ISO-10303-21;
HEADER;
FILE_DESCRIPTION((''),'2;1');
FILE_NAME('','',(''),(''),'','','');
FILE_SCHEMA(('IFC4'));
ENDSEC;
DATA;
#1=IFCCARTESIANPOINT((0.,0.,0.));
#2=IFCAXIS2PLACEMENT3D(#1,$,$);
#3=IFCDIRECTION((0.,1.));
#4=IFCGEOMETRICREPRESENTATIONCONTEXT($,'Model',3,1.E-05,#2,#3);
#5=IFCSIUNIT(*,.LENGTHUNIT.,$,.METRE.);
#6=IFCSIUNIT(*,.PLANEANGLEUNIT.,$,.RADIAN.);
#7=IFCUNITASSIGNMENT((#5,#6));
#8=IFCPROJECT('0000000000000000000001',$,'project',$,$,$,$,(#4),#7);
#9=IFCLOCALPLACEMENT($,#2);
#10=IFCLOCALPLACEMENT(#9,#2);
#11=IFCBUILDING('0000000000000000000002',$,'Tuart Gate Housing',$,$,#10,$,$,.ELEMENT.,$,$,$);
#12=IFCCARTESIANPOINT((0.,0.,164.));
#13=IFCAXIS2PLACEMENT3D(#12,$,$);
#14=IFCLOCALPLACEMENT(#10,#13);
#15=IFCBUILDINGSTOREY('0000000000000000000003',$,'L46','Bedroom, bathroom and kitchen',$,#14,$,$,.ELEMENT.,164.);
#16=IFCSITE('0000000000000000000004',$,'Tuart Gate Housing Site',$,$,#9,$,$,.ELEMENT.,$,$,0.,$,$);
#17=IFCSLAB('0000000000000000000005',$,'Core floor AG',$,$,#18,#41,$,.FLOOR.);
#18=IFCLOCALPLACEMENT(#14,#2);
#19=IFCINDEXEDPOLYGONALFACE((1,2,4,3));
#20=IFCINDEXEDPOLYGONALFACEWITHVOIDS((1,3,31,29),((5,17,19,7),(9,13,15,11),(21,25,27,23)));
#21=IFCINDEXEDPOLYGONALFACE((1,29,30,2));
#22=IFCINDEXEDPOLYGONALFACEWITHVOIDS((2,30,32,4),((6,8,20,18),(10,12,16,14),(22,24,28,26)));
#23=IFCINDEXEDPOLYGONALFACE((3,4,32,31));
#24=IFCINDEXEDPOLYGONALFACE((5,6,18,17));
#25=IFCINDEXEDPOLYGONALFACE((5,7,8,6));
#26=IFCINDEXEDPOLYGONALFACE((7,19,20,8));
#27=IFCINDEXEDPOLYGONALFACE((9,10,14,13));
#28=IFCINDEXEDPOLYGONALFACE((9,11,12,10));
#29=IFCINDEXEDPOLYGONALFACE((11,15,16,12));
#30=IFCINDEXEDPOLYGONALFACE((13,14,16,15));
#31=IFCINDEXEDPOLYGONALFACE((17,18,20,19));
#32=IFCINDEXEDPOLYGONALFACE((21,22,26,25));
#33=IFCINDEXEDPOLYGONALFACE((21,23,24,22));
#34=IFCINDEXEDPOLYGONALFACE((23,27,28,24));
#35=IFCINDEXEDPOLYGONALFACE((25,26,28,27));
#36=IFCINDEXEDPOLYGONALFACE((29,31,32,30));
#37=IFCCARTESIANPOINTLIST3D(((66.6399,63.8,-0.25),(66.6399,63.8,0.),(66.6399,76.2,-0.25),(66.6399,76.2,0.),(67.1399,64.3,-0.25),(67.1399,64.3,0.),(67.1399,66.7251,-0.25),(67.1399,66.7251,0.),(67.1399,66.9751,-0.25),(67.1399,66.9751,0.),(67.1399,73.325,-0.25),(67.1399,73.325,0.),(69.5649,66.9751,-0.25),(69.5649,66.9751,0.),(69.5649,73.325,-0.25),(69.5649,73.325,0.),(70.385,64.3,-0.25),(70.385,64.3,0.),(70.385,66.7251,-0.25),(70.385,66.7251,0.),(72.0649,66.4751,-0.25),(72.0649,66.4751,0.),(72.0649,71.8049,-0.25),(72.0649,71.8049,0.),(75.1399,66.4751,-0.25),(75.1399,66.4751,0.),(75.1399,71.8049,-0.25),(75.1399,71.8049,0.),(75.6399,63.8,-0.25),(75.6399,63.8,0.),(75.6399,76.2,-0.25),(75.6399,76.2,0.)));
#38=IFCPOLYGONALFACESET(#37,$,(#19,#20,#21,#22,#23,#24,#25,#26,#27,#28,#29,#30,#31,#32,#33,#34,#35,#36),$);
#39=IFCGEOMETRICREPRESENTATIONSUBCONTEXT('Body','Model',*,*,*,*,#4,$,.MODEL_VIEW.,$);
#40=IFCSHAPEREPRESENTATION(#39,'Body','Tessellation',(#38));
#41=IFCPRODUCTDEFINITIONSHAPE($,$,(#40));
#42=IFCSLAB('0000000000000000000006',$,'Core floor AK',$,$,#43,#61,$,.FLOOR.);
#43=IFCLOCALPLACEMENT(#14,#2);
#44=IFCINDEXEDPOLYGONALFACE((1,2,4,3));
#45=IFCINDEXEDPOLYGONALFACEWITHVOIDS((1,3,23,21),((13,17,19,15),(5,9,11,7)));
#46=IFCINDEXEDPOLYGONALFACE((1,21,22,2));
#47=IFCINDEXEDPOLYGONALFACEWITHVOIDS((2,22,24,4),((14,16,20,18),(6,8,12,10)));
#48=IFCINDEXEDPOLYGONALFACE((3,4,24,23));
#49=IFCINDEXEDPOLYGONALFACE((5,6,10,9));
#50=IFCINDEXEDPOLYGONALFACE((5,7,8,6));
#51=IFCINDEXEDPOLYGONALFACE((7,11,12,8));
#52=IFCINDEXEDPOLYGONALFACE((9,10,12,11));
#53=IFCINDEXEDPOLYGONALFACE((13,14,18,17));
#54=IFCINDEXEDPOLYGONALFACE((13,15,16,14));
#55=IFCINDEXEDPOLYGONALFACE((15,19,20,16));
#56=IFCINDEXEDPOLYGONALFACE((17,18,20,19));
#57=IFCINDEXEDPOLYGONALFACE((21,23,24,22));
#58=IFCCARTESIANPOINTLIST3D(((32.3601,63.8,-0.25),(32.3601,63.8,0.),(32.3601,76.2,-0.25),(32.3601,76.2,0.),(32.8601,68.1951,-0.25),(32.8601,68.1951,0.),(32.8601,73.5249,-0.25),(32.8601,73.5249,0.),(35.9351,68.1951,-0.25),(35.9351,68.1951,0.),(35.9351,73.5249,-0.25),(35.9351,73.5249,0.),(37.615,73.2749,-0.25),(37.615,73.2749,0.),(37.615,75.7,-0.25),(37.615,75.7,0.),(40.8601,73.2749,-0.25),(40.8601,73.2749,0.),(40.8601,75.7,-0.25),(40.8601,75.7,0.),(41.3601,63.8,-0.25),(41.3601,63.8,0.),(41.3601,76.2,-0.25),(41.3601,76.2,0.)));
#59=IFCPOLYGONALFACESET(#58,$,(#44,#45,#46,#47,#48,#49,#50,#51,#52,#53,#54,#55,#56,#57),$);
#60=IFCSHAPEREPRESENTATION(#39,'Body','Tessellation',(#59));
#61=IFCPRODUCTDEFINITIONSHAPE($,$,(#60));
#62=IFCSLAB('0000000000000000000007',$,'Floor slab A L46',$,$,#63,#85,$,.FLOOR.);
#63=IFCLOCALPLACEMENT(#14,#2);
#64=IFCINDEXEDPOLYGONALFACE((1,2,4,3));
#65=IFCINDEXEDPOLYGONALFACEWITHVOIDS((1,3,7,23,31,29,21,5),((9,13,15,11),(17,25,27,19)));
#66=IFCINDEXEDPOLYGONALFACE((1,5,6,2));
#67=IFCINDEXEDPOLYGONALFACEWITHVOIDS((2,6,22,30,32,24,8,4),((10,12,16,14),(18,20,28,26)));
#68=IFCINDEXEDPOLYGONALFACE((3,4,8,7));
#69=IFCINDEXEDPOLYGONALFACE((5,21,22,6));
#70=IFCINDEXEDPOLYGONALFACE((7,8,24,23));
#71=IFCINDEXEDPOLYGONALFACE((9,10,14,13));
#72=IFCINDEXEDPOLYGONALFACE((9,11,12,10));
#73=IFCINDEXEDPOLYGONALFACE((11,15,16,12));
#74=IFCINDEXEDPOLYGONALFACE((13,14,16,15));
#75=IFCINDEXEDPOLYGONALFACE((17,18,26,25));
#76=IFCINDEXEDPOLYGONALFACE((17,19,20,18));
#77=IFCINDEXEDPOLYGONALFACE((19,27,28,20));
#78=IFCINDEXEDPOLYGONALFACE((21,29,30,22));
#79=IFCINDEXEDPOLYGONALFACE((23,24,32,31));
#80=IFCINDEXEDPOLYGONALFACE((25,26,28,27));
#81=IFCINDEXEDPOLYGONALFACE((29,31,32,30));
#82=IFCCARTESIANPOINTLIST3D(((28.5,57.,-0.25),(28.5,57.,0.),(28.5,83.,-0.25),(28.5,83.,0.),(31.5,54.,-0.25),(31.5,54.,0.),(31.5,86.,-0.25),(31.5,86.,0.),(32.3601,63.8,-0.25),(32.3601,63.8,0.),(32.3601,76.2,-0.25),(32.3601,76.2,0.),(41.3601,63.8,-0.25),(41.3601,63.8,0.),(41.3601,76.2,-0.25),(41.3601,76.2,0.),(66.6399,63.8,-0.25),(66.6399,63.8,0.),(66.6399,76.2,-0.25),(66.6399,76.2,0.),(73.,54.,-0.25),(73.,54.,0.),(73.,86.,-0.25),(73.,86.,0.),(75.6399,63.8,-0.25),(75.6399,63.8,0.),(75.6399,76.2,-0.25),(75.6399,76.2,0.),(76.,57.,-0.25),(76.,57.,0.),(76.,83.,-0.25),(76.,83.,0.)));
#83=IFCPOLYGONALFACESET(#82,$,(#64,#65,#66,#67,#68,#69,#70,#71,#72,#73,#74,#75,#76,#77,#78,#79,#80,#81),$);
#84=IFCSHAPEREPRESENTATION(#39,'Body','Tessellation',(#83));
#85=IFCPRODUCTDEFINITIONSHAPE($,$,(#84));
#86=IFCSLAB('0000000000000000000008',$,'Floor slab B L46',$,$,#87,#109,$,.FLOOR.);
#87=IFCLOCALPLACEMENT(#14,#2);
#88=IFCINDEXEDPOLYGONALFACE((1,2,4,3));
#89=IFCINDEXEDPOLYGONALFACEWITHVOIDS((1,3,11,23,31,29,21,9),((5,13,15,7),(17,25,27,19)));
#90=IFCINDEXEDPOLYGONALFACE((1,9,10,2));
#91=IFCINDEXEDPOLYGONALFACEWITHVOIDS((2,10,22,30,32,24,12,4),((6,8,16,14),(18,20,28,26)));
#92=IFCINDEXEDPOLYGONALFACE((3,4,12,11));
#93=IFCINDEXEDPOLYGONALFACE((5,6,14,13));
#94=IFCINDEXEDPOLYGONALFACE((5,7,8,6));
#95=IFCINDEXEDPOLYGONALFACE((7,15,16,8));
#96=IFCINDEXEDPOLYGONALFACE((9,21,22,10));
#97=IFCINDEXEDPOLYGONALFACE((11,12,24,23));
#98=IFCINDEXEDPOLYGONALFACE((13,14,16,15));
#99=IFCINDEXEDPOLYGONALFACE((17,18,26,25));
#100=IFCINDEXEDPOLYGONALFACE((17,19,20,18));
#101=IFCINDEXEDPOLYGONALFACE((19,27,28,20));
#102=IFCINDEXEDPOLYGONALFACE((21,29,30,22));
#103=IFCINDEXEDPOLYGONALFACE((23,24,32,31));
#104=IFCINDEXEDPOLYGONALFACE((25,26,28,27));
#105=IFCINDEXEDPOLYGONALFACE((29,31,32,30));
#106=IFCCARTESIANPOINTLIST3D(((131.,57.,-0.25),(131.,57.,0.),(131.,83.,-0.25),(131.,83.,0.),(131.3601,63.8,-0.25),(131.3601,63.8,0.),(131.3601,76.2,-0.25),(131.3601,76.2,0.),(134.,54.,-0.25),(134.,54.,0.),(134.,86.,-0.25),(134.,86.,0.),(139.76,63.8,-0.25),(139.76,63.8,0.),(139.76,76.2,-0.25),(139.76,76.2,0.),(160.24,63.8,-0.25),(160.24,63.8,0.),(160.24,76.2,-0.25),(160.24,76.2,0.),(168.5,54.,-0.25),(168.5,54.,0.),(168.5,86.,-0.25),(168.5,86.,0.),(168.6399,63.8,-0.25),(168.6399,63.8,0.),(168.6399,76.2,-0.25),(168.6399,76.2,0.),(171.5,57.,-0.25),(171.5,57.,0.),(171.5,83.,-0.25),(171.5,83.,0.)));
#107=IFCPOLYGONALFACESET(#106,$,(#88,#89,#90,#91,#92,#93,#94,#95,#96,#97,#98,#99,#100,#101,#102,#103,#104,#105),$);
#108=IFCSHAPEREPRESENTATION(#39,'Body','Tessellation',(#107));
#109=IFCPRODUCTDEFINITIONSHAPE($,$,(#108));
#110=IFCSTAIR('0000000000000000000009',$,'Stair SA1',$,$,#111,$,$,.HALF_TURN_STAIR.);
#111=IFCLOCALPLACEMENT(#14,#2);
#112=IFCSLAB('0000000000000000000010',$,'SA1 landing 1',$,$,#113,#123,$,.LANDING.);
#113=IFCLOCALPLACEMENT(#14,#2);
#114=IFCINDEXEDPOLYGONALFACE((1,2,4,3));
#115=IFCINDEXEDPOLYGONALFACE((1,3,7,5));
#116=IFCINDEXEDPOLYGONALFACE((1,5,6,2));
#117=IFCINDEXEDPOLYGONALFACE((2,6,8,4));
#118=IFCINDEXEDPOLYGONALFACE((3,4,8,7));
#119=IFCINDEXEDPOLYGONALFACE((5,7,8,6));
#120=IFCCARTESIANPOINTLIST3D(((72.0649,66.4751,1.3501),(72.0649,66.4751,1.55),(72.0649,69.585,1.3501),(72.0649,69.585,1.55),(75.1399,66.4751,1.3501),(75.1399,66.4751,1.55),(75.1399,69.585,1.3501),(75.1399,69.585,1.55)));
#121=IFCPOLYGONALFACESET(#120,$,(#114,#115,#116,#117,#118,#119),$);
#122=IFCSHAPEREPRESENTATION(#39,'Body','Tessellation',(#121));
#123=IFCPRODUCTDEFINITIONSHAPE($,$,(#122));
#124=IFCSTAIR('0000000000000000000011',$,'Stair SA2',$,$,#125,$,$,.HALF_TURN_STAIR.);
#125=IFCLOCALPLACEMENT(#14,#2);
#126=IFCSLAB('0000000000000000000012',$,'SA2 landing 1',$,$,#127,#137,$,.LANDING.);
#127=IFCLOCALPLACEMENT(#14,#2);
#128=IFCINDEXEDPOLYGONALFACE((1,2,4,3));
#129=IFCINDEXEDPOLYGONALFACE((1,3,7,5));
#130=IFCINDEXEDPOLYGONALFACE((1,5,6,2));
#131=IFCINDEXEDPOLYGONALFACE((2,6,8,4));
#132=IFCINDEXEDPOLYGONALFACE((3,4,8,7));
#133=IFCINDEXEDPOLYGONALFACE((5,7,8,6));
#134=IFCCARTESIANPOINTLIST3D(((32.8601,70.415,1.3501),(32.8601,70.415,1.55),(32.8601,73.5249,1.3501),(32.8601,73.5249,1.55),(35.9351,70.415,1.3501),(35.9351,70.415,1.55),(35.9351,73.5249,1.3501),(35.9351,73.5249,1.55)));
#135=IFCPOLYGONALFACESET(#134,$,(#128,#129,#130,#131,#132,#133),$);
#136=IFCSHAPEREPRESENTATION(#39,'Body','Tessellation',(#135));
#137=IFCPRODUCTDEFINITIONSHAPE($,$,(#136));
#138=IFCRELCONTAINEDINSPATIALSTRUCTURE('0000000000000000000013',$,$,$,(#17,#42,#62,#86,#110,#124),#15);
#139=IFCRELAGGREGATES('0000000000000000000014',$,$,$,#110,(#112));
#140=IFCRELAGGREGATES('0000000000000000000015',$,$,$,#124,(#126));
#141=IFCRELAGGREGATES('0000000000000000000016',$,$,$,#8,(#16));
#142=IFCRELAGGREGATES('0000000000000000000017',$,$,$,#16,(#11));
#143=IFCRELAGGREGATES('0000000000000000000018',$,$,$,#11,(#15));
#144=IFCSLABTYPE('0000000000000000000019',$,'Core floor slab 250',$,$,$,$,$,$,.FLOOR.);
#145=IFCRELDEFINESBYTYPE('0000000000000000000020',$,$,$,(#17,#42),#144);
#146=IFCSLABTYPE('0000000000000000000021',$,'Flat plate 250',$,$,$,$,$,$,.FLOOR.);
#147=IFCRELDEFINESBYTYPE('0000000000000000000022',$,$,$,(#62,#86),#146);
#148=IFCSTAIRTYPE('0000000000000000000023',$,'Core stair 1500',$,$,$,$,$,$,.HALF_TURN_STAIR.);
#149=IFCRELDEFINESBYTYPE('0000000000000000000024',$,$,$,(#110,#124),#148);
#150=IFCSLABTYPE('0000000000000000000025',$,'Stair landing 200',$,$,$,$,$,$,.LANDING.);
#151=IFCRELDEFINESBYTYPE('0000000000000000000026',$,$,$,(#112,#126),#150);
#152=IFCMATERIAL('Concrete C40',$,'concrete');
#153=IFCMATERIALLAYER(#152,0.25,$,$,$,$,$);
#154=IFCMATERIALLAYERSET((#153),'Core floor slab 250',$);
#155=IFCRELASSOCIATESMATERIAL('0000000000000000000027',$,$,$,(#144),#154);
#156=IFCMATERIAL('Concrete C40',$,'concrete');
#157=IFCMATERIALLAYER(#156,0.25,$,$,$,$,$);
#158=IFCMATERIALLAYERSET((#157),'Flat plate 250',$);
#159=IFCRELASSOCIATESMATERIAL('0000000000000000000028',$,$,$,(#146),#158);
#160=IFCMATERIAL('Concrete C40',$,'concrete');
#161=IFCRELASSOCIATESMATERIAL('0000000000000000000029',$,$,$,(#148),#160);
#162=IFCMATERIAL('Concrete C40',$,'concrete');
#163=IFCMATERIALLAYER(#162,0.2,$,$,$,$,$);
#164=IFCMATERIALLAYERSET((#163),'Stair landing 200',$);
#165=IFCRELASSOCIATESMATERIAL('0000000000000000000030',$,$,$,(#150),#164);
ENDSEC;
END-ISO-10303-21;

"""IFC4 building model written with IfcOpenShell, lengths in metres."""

from ifc_helpers import new_model, si_unit, direction, frame, origin, place, context, subcontext, project, spatial, polyline, outline, extrude, material, layer, layer_set, type_object, element, aggregate, save


model = new_model("IFC4")

# Units and contexts
model_context = context("Model", 3, precision=1e-05, world=origin(), true_north=direction((0.0, 1.0)))
body_context = subcontext(model_context, "Body", "Model", "MODEL_VIEW")
ifc_project = project(units=[si_unit("LENGTHUNIT", "METRE"), si_unit("PLANEANGLEUNIT", "RADIAN")], contexts=[model_context])

# Site, building, storey
site_placement = place(None, origin())
site = spatial("IfcSite", under=ifc_project, at=site_placement, Name="Tuart Gate Housing Site", CompositionType="ELEMENT", RefElevation=0.0)
building_placement = place(site_placement, origin())
building = spatial("IfcBuilding", under=site, at=building_placement, Name="Tuart Gate Housing", CompositionType="ELEMENT")
storey_placement = place(building_placement, frame((0.0, 0.0, 164.0)))
storey = spatial("IfcBuildingStorey", under=building, at=storey_placement, Name="L46", Description="Bedroom, bathroom and kitchen", CompositionType="ELEMENT", Elevation=164.0)

# Slabs
ifc_material_1 = material(Name="Concrete C40", Category="concrete")
ifc_layer_1 = layer(ifc_material_1, 0.25)
ifc_layer_set_1 = layer_set([ifc_layer_1], Name="Core floor slab 250")
slab_type_1 = type_object("IfcSlabType", Name="Core floor slab 250", PredefinedType="FLOOR", material=ifc_layer_set_1)
slab_1_placement = place(storey_placement, frame((0.0, 0.0, -0.25)))
element("IfcSlab", 1, at=slab_1_placement, inside=storey, type_object=slab_type_1, Name="Core floor AG", PredefinedType="FLOOR", context=body_context, shape_type="SweptSolid", body=[
    extrude(outline(polyline([(66.6399, 63.8), (75.6399, 63.8), (75.6399, 76.2), (66.6399, 76.2), (66.6399, 63.8)]), holes=[polyline([(67.1399, 64.3), (70.385, 64.3), (70.385, 66.7251), (67.1399, 66.7251), (67.1399, 64.3)]), polyline([(67.1399, 66.9751), (69.5649, 66.9751), (69.5649, 73.325), (67.1399, 73.325), (67.1399, 66.9751)]), polyline([(72.0649, 66.4751), (75.1399, 66.4751), (75.1399, 71.8049), (72.0649, 71.8049), (72.0649, 66.4751)])]), origin(), (0.0, 0.0, 1.0), 0.25),
])
slab_2_placement = place(storey_placement, frame((0.0, 0.0, -0.25)))
element("IfcSlab", 2, at=slab_2_placement, inside=storey, type_object=slab_type_1, Name="Core floor AK", PredefinedType="FLOOR", context=body_context, shape_type="SweptSolid", body=[
    extrude(outline(polyline([(32.3601, 63.8), (41.3601, 63.8), (41.3601, 76.2), (32.3601, 76.2), (32.3601, 63.8)]), holes=[polyline([(40.8601, 75.7), (37.615, 75.7), (37.615, 73.2749), (40.8601, 73.2749), (40.8601, 75.7)]), polyline([(35.9351, 73.5249), (32.8601, 73.5249), (32.8601, 68.1951), (35.9351, 68.1951), (35.9351, 73.5249)])]), origin(), (0.0, 0.0, 1.0), 0.25),
])
ifc_material_2 = material(Name="Concrete C40", Category="concrete")
ifc_layer_2 = layer(ifc_material_2, 0.25)
ifc_layer_set_2 = layer_set([ifc_layer_2], Name="Flat plate 250")
slab_type_2 = type_object("IfcSlabType", Name="Flat plate 250", PredefinedType="FLOOR", material=ifc_layer_set_2)
slab_3_placement = place(storey_placement, frame((0.0, 0.0, -0.25)))
element("IfcSlab", 3, at=slab_3_placement, inside=storey, type_object=slab_type_2, Name="Floor slab A L46", PredefinedType="FLOOR", context=body_context, shape_type="SweptSolid", body=[
    extrude(outline(polyline([(31.5, 86.0), (28.5, 83.0), (28.5, 57.0), (31.5, 54.0), (73.0, 54.0), (76.0, 57.0), (76.0, 83.0), (73.0, 86.0), (31.5, 86.0)]), holes=[polyline([(66.6399, 76.2), (75.6399, 76.2), (75.6399, 63.8), (66.6399, 63.8), (66.6399, 76.2)]), polyline([(41.3601, 76.2), (41.3601, 63.8), (32.3601, 63.8), (32.3601, 76.2), (41.3601, 76.2)])]), origin(), (0.0, 0.0, 1.0), 0.25),
])
slab_4_placement = place(storey_placement, frame((0.0, 0.0, -0.25)))
element("IfcSlab", 4, at=slab_4_placement, inside=storey, type_object=slab_type_2, Name="Floor slab B L46", PredefinedType="FLOOR", context=body_context, shape_type="SweptSolid", body=[
    extrude(outline(polyline([(134.0, 86.0), (131.0, 83.0), (131.0, 57.0), (134.0, 54.0), (168.5, 54.0), (171.5, 57.0), (171.5, 83.0), (168.5, 86.0), (134.0, 86.0)]), holes=[polyline([(131.3601, 76.2), (139.76, 76.2), (139.76, 63.8), (131.3601, 63.8), (131.3601, 76.2)]), polyline([(168.6399, 76.2), (168.6399, 63.8), (160.24, 63.8), (160.24, 76.2), (168.6399, 76.2)])]), origin(), (0.0, 0.0, 1.0), 0.25),
])

# Stairs, slabs
ifc_material_3 = material(Name="Concrete C40", Category="concrete")
stair_type = type_object("IfcStairType", Name="Core stair 1500", PredefinedType="HALF_TURN_STAIR", material=ifc_material_3)
stair_1_placement = place(storey_placement, origin())
stair_1 = element("IfcStair", 5, at=stair_1_placement, inside=storey, type_object=stair_type, Name="Stair SA1", PredefinedType="HALF_TURN_STAIR")
ifc_material_4 = material(Name="Concrete C40", Category="concrete")
ifc_layer_3 = layer(ifc_material_4, 0.2)
ifc_layer_set_3 = layer_set([ifc_layer_3], Name="Stair landing 200")
slab_type_3 = type_object("IfcSlabType", Name="Stair landing 200", PredefinedType="LANDING", material=ifc_layer_set_3)
slab_5_placement = place(storey_placement, frame((0.0, 0.0, 1.3501)))
slab_5 = element("IfcSlab", 6, at=slab_5_placement, type_object=slab_type_3, Name="SA1 landing 1", PredefinedType="LANDING", context=body_context, shape_type="SweptSolid", body=[
    extrude(outline(polyline([(72.0649, 66.4751), (75.1399, 66.4751), (75.1399, 69.585), (72.0649, 69.585), (72.0649, 66.4751)])), origin(), (0.0, 0.0, 1.0), 0.2),
])
aggregate(stair_1, [slab_5])
stair_2_placement = place(storey_placement, origin())
stair_2 = element("IfcStair", 7, at=stair_2_placement, inside=storey, type_object=stair_type, Name="Stair SA2", PredefinedType="HALF_TURN_STAIR")
slab_6_placement = place(storey_placement, frame((0.0, 0.0, 1.3501)))
slab_6 = element("IfcSlab", 8, at=slab_6_placement, type_object=slab_type_3, Name="SA2 landing 1", PredefinedType="LANDING", context=body_context, shape_type="SweptSolid", body=[
    extrude(outline(polyline([(35.9351, 73.5249), (32.8601, 73.5249), (32.8601, 70.415), (35.9351, 70.415), (35.9351, 73.5249)])), origin(), (0.0, 0.0, 1.0), 0.2),
])
aggregate(stair_2, [slab_6])

save(model, "model.ifc")
